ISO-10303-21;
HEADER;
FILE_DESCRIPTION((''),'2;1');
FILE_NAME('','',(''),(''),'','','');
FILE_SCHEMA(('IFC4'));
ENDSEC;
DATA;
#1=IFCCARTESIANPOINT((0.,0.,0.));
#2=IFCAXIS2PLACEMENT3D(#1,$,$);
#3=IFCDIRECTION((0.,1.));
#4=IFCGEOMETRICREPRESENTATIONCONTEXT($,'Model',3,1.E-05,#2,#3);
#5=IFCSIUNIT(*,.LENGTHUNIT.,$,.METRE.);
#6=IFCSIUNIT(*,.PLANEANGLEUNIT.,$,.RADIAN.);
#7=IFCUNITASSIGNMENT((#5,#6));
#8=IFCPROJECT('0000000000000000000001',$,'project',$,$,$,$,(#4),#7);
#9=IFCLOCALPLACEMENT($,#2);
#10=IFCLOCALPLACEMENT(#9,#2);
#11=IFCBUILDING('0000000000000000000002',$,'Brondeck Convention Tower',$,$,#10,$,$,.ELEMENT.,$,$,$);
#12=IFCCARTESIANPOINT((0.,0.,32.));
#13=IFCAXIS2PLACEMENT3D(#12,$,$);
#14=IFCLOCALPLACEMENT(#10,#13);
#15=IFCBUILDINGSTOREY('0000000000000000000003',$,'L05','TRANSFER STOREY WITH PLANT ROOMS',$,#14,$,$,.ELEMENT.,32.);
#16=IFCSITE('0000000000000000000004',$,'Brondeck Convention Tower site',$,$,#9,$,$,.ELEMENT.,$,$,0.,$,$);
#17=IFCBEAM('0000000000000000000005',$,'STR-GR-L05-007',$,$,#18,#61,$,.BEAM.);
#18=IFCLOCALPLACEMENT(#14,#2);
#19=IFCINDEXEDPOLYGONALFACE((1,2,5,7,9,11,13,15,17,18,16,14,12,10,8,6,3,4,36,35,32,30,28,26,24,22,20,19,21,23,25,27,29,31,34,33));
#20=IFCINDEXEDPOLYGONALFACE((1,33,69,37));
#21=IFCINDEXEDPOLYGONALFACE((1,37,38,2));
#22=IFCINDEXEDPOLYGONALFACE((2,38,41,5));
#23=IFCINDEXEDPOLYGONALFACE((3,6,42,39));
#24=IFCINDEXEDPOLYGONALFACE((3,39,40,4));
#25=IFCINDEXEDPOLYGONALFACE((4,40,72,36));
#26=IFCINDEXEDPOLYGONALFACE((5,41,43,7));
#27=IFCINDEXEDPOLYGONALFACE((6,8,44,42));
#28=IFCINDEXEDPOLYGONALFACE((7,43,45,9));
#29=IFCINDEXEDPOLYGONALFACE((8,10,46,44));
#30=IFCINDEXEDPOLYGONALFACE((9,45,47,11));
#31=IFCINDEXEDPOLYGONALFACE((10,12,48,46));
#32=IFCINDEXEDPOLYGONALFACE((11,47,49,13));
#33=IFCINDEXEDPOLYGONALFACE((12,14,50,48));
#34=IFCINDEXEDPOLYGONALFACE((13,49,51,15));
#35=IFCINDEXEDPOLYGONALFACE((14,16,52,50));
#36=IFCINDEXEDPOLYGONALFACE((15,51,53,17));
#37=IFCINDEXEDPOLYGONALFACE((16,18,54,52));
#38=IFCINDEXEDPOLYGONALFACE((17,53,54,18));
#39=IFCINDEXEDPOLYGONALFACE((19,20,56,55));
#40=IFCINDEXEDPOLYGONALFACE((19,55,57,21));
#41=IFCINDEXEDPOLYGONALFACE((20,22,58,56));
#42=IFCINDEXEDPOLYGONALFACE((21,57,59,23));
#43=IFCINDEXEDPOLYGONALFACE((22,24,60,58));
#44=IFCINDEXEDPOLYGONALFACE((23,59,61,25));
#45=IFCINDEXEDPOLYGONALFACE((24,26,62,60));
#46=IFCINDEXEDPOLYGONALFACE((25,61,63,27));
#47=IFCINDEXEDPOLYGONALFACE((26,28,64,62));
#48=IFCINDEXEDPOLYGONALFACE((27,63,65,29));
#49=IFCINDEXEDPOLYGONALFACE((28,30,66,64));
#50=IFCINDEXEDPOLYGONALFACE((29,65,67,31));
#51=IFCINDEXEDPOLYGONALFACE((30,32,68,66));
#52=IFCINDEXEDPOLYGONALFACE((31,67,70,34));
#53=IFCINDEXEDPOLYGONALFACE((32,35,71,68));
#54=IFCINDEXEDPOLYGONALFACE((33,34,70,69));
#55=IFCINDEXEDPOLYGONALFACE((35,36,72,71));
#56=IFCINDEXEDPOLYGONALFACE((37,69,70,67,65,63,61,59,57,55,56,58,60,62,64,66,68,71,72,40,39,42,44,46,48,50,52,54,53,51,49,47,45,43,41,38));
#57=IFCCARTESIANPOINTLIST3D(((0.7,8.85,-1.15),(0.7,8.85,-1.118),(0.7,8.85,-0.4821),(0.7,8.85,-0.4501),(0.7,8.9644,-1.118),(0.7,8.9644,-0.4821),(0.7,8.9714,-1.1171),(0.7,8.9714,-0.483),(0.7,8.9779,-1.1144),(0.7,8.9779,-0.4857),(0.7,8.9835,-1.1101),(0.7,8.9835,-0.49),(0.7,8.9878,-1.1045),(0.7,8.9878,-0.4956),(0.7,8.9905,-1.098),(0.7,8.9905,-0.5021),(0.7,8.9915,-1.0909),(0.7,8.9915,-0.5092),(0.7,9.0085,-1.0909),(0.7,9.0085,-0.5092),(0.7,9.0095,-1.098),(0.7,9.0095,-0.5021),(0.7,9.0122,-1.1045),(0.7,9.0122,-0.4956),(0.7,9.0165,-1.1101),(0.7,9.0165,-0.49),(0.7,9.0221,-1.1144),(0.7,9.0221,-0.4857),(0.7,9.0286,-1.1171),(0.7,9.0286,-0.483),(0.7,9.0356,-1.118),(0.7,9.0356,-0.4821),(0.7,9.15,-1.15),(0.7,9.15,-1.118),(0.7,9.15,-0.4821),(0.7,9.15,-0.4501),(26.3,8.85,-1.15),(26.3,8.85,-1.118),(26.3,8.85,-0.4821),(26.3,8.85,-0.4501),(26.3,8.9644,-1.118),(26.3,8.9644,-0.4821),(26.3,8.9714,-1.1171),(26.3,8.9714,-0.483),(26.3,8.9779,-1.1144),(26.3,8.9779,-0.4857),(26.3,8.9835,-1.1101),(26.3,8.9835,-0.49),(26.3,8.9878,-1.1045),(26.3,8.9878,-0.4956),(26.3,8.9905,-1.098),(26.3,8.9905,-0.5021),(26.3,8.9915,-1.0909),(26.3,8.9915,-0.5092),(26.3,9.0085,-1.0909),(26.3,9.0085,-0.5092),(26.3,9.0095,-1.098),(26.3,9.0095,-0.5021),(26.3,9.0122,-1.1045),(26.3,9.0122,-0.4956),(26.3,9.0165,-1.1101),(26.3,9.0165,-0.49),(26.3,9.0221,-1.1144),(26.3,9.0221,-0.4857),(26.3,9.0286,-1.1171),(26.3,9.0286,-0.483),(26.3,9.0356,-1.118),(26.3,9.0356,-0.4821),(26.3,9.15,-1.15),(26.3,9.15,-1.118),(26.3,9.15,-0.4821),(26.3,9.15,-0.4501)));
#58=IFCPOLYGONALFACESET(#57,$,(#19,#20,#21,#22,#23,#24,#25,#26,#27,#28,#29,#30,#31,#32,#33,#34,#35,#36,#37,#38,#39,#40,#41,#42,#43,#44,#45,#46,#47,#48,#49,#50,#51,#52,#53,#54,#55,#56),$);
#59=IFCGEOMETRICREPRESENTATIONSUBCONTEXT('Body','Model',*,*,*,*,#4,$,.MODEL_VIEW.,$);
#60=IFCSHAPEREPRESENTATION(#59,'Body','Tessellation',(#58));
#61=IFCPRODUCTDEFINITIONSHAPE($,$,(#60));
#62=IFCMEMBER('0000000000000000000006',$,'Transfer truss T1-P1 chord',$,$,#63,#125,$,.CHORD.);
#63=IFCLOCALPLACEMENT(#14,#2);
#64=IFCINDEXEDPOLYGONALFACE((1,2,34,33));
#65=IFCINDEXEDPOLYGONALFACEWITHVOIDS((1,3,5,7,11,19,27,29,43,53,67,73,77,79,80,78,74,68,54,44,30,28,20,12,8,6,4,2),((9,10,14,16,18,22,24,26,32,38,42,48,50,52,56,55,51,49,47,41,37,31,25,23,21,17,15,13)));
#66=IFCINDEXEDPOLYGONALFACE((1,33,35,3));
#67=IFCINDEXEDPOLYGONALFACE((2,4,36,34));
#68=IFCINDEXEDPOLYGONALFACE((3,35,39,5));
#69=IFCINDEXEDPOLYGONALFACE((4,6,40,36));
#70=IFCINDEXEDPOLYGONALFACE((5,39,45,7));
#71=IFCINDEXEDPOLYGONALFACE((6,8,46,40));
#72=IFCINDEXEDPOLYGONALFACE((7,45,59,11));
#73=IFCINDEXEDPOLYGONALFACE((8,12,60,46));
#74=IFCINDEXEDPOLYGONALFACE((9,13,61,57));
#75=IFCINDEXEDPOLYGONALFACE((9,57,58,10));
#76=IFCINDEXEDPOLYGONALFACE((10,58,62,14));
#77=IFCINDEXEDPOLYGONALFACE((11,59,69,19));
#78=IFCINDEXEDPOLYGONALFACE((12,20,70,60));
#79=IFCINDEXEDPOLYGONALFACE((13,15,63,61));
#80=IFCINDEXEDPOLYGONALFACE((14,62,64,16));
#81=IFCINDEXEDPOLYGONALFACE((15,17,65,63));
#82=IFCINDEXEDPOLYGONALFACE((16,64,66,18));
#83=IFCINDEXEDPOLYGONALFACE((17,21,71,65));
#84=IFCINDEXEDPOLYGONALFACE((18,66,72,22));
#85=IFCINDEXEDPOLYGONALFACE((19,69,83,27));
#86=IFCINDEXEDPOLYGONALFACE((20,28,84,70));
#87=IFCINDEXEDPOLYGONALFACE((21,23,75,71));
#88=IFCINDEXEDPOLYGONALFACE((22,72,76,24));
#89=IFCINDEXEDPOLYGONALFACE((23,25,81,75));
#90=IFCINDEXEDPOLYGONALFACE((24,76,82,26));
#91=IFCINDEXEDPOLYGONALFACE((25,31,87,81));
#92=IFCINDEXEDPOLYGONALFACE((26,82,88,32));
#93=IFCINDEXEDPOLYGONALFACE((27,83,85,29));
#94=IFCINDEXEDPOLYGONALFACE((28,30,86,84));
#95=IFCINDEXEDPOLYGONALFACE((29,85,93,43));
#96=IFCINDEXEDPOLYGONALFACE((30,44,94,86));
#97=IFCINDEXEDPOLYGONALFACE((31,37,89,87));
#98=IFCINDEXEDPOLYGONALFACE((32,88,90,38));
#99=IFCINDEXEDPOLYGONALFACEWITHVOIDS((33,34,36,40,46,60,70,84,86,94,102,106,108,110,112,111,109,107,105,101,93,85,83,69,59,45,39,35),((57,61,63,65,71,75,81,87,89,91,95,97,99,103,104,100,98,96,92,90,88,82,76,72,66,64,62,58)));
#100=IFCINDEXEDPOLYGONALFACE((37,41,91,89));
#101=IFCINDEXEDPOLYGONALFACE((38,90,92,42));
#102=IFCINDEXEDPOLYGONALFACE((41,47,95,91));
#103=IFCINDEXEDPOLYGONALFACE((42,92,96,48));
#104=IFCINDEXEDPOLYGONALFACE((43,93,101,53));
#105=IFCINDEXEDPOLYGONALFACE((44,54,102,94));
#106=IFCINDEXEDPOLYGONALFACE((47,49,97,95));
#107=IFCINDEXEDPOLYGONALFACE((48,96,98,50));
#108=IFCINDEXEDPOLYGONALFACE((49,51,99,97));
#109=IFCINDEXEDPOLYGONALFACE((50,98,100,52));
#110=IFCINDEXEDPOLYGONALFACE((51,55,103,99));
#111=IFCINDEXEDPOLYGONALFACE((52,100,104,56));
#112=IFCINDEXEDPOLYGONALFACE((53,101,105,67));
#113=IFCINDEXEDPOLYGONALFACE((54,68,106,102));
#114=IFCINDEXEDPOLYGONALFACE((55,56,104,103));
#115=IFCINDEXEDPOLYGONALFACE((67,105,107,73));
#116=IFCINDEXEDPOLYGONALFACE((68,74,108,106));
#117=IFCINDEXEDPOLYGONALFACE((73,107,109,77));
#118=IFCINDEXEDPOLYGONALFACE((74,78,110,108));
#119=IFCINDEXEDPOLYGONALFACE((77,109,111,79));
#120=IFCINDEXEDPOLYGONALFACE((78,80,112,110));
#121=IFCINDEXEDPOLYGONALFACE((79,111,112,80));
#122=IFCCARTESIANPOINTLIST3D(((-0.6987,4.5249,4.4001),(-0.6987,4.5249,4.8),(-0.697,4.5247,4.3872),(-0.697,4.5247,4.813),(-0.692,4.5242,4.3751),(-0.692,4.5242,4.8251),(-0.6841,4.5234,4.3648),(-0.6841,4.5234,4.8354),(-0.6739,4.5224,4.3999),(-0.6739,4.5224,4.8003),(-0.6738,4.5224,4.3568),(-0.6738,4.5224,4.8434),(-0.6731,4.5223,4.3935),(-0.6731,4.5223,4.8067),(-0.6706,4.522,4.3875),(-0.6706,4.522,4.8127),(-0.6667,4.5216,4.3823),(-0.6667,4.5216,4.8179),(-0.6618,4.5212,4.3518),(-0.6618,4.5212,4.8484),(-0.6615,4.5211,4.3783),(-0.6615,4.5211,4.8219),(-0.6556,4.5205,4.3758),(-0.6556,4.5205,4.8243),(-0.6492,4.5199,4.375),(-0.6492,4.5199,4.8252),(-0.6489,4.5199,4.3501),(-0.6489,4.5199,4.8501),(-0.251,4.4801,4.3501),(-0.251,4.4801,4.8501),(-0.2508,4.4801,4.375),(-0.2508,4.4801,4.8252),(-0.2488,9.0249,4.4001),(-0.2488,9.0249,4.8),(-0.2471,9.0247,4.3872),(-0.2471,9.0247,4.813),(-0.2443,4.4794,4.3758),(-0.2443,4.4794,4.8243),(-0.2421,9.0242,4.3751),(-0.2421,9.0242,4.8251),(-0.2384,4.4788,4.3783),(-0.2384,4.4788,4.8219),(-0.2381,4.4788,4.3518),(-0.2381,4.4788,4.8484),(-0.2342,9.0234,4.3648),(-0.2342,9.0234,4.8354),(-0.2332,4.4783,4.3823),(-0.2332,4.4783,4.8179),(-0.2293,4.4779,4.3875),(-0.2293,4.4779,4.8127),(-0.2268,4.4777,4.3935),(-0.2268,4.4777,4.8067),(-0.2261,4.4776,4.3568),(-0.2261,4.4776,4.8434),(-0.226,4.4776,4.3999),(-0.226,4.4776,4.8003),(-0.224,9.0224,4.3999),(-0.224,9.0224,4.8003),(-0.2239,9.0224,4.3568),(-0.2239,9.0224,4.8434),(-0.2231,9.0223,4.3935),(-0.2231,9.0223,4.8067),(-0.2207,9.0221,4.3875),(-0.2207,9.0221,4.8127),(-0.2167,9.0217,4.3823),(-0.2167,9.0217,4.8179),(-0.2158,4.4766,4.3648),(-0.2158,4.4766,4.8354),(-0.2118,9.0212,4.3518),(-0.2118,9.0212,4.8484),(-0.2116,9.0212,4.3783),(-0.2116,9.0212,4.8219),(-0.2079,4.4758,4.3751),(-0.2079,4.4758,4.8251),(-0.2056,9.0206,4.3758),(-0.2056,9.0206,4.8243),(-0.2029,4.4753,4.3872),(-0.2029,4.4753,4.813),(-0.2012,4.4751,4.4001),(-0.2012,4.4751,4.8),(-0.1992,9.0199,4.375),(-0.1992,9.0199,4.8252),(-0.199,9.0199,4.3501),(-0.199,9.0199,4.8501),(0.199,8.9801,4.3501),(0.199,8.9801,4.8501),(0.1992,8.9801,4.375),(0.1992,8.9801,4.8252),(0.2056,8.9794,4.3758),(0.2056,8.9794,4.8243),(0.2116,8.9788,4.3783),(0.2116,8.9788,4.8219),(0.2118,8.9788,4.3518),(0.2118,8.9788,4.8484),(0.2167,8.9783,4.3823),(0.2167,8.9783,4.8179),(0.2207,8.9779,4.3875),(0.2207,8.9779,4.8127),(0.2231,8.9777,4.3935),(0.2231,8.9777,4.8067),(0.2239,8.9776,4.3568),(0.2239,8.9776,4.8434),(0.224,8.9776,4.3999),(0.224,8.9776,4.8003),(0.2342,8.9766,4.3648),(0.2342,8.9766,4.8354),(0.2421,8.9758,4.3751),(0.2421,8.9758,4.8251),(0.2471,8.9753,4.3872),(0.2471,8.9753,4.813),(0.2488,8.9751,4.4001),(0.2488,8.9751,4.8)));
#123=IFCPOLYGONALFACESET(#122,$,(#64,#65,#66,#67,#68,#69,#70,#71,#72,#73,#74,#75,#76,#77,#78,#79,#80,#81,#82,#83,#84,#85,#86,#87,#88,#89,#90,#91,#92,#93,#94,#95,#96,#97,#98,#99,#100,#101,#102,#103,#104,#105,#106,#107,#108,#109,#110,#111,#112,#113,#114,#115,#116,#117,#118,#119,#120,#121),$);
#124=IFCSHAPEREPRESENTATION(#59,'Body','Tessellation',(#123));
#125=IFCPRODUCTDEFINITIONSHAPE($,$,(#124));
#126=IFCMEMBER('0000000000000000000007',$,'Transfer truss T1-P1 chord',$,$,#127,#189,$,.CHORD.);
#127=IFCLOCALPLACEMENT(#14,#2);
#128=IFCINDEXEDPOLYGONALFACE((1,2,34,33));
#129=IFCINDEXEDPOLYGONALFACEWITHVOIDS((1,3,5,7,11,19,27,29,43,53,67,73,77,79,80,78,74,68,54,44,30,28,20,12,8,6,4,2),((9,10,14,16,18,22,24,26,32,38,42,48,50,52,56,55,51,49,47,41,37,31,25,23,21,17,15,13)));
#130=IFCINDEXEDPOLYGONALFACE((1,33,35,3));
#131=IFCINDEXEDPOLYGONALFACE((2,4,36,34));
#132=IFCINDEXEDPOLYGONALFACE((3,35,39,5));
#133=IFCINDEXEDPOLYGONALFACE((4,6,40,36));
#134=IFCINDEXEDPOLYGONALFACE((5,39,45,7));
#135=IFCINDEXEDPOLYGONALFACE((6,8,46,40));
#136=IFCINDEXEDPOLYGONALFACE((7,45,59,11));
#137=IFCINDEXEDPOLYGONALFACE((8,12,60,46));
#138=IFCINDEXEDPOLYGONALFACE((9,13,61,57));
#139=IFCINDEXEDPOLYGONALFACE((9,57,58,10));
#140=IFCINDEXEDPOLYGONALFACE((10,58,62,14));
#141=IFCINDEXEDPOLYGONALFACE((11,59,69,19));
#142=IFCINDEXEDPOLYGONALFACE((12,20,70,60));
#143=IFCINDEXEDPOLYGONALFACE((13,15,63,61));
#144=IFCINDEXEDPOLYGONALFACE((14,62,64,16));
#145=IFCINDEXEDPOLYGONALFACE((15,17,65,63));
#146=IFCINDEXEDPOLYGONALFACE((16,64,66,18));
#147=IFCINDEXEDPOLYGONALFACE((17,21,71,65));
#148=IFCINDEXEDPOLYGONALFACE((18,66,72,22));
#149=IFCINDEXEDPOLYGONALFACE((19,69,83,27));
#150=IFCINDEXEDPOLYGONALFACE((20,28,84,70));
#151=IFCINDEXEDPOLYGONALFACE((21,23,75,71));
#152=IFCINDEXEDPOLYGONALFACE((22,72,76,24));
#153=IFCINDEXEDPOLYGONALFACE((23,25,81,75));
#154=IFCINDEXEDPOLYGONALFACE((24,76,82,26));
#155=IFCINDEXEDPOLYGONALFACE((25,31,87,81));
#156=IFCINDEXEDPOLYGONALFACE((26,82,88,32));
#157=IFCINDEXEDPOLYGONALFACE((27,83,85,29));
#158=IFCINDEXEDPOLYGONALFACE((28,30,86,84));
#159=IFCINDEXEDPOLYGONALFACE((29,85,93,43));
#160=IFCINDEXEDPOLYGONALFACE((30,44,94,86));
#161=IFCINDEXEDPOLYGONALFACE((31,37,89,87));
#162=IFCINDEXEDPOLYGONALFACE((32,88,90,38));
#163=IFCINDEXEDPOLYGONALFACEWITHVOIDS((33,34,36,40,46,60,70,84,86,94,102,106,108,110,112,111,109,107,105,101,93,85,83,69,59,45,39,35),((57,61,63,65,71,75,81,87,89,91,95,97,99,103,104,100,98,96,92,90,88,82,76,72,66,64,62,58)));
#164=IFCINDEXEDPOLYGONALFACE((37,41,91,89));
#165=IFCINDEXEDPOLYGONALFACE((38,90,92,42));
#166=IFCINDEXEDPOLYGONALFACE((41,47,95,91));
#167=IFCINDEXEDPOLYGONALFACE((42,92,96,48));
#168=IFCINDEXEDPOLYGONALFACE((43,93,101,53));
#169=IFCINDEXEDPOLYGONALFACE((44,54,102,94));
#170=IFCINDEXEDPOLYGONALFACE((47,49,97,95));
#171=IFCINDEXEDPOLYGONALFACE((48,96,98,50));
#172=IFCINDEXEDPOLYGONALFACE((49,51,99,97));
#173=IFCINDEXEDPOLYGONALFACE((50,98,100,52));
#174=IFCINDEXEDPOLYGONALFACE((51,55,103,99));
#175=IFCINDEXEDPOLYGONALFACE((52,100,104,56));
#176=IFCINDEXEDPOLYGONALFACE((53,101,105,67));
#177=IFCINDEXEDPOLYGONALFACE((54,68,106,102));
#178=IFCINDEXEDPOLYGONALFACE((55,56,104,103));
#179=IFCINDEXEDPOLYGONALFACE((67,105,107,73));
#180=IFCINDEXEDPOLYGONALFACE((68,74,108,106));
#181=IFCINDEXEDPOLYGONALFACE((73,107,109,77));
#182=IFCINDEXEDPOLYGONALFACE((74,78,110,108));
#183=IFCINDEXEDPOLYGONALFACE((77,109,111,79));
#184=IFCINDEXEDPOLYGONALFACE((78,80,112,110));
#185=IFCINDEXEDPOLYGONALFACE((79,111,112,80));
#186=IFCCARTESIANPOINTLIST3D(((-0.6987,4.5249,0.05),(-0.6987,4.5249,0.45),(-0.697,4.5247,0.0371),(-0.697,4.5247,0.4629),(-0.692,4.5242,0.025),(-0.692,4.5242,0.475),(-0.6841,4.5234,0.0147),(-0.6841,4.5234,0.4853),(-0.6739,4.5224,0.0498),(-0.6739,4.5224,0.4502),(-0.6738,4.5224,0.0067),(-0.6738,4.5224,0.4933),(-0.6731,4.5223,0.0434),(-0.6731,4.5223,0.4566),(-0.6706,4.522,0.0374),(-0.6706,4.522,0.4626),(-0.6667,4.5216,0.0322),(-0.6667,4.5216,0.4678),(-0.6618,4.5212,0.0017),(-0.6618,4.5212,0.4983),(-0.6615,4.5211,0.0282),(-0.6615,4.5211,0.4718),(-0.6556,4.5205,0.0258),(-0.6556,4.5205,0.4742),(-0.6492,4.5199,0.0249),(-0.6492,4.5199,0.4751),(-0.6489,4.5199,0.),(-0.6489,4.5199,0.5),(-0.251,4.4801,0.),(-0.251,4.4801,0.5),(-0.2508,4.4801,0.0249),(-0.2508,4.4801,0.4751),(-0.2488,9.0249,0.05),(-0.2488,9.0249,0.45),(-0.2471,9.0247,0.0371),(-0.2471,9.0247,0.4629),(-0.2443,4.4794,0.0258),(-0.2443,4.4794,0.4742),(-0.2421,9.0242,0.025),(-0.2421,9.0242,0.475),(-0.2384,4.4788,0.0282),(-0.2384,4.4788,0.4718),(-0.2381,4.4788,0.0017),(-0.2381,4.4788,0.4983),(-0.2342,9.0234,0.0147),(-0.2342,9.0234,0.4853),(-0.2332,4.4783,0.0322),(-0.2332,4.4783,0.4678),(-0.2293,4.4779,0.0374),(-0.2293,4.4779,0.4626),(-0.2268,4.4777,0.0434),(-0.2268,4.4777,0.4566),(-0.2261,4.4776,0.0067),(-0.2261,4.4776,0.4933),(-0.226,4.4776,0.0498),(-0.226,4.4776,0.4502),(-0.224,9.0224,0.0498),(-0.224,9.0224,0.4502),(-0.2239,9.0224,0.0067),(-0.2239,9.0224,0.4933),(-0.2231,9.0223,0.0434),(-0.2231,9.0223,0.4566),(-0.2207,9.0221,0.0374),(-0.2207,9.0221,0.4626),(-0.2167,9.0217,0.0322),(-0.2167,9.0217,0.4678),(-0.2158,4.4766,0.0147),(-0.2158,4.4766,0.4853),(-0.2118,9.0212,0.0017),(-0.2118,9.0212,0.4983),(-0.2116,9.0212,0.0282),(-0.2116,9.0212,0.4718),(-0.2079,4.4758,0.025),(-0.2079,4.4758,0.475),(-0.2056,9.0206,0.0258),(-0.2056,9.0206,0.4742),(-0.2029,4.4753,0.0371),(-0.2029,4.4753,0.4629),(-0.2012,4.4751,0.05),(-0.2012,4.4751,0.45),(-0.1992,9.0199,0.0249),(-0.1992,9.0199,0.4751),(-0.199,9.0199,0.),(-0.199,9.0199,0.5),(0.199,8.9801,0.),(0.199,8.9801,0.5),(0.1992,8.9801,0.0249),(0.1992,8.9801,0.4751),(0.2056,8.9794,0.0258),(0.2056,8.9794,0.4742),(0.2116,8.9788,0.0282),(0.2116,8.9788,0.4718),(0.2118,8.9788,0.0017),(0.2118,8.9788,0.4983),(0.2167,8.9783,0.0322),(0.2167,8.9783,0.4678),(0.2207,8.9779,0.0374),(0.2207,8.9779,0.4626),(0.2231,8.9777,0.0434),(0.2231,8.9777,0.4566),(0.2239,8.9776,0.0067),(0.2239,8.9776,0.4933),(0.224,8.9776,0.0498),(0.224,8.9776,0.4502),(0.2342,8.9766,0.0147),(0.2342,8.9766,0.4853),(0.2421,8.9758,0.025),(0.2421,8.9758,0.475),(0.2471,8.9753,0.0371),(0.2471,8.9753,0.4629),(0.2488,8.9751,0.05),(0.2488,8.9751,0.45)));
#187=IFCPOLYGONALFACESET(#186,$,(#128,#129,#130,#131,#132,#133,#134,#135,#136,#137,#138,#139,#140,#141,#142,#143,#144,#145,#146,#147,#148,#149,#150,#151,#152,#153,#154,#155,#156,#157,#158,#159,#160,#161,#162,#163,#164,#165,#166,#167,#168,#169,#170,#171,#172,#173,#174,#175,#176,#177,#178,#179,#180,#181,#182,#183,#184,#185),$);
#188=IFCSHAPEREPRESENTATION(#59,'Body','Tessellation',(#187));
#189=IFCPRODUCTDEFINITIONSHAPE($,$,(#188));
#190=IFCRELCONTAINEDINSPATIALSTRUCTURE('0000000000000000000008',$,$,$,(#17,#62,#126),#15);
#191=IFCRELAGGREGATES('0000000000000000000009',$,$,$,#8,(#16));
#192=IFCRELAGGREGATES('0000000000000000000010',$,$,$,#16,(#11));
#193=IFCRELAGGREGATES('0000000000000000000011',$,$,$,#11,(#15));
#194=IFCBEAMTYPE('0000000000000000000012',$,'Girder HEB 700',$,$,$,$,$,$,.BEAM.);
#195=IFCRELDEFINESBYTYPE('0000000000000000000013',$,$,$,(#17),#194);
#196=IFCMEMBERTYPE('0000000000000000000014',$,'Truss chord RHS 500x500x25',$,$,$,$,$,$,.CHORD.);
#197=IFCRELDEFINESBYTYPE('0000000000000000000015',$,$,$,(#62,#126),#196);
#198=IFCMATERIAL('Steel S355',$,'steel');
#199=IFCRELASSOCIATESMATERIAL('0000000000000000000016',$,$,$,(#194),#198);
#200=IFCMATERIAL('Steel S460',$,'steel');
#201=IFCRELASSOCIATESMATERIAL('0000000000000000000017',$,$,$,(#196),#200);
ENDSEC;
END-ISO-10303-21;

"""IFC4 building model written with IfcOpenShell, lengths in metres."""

from ifc_helpers import new_model, si_unit, direction, frame, origin, origin_2d, place, context, subcontext, project, spatial, hollow_rectangle, i_section, extrude, material, material_profile, profile_set, type_object, element, save


model = new_model("IFC4")

# Units and contexts
model_context = context("Model", 3, precision=1e-05, world=origin(), true_north=direction((0.0, 1.0)))
body_context = subcontext(model_context, "Body", "Model", "MODEL_VIEW")
ifc_project = project(units=[si_unit("LENGTHUNIT", "METRE"), si_unit("PLANEANGLEUNIT", "RADIAN")], contexts=[model_context])

# Site, building, storey
site_placement = place(None, origin())
site = spatial("IfcSite", under=ifc_project, at=site_placement, Name="Brondeck Convention Tower site", CompositionType="ELEMENT", RefElevation=0.0)
building_placement = place(site_placement, origin())
building = spatial("IfcBuilding", under=site, at=building_placement, Name="Brondeck Convention Tower", CompositionType="ELEMENT")
storey_placement = place(building_placement, frame((0.0, 0.0, 32.0)))
storey = spatial("IfcBuildingStorey", under=building, at=storey_placement, Name="L05", Description="TRANSFER STOREY WITH PLANT ROOMS", CompositionType="ELEMENT", Elevation=32.0)

# Shared definitions
ifc_material_1 = material(Name="Steel S460", Category="steel")

# Beam
ifc_material_2 = material(Name="Steel S355", Category="steel")
ifc_material_profile_1 = material_profile(ifc_material_2, i_section(OverallWidth=0.3, OverallDepth=0.7, WebThickness=0.0171, FlangeThickness=0.032, FilletRadius=0.0271, at=origin_2d()), Name="HEB 700")
ifc_profile_set_1 = profile_set([ifc_material_profile_1], Name="Steel S355")
beam_type_1 = type_object("IfcBeamType", Name="Girder HEB 700", PredefinedType="BEAM", material=ifc_profile_set_1)
beam_1_placement = place(storey_placement, frame((0.7, 9.0, -0.8), z_axis=(1.0, 0.0, 0.0), x_axis=(0.0, 1.0, 0.0)))
element("IfcBeam", 1, at=beam_1_placement, inside=storey, type_object=beam_type_1, Name="STR-GR-L05-007", PredefinedType="BEAM", context=body_context, shape_type="SweptSolid", body=[
    extrude(i_section(OverallWidth=0.3, OverallDepth=0.7, WebThickness=0.0171, FlangeThickness=0.032, FilletRadius=0.0271, at=origin_2d()), origin(), (0.0, 0.0, 1.0), 25.6001),
])

# Members
ifc_material_profile_2 = material_profile(ifc_material_1, hollow_rectangle(XDim=0.5, YDim=0.5, WallThickness=0.0249, InnerFilletRadius=0.0249, OuterFilletRadius=0.05, at=origin_2d()), Name="RHS 500x500x25")
ifc_profile_set_2 = profile_set([ifc_material_profile_2], Name="Steel S460")
member_type_1 = type_object("IfcMemberType", Name="Truss chord RHS 500x500x25", PredefinedType="CHORD", material=ifc_profile_set_2)
for number, where, z_axis, x_axis, name in (
    (2, (0.0, 9.0, 4.6001), (-0.099493, -0.995038, 0.0), (0.995038, -0.099493, 0.0), "Transfer truss T1-P1 chord"),
    (3, (0.0, 9.0, 0.25), (-0.099493, -0.995038, 0.0), (0.995038, -0.099493, 0.0), "Transfer truss T1-P1 chord"),
):
    element("IfcMember", number, at=place(storey_placement, frame(where, z_axis=z_axis, x_axis=x_axis)), inside=storey, type_object=member_type_1, Name=name, PredefinedType="CHORD", context=body_context, shape_type="SweptSolid", body=[
        extrude(hollow_rectangle(XDim=0.5, YDim=0.5, WallThickness=0.0249, InnerFilletRadius=0.0249, OuterFilletRadius=0.05, at=origin_2d()), origin(), (0.0, 0.0, 1.0), 4.5225),
    ])

save(model, "model.ifc")
